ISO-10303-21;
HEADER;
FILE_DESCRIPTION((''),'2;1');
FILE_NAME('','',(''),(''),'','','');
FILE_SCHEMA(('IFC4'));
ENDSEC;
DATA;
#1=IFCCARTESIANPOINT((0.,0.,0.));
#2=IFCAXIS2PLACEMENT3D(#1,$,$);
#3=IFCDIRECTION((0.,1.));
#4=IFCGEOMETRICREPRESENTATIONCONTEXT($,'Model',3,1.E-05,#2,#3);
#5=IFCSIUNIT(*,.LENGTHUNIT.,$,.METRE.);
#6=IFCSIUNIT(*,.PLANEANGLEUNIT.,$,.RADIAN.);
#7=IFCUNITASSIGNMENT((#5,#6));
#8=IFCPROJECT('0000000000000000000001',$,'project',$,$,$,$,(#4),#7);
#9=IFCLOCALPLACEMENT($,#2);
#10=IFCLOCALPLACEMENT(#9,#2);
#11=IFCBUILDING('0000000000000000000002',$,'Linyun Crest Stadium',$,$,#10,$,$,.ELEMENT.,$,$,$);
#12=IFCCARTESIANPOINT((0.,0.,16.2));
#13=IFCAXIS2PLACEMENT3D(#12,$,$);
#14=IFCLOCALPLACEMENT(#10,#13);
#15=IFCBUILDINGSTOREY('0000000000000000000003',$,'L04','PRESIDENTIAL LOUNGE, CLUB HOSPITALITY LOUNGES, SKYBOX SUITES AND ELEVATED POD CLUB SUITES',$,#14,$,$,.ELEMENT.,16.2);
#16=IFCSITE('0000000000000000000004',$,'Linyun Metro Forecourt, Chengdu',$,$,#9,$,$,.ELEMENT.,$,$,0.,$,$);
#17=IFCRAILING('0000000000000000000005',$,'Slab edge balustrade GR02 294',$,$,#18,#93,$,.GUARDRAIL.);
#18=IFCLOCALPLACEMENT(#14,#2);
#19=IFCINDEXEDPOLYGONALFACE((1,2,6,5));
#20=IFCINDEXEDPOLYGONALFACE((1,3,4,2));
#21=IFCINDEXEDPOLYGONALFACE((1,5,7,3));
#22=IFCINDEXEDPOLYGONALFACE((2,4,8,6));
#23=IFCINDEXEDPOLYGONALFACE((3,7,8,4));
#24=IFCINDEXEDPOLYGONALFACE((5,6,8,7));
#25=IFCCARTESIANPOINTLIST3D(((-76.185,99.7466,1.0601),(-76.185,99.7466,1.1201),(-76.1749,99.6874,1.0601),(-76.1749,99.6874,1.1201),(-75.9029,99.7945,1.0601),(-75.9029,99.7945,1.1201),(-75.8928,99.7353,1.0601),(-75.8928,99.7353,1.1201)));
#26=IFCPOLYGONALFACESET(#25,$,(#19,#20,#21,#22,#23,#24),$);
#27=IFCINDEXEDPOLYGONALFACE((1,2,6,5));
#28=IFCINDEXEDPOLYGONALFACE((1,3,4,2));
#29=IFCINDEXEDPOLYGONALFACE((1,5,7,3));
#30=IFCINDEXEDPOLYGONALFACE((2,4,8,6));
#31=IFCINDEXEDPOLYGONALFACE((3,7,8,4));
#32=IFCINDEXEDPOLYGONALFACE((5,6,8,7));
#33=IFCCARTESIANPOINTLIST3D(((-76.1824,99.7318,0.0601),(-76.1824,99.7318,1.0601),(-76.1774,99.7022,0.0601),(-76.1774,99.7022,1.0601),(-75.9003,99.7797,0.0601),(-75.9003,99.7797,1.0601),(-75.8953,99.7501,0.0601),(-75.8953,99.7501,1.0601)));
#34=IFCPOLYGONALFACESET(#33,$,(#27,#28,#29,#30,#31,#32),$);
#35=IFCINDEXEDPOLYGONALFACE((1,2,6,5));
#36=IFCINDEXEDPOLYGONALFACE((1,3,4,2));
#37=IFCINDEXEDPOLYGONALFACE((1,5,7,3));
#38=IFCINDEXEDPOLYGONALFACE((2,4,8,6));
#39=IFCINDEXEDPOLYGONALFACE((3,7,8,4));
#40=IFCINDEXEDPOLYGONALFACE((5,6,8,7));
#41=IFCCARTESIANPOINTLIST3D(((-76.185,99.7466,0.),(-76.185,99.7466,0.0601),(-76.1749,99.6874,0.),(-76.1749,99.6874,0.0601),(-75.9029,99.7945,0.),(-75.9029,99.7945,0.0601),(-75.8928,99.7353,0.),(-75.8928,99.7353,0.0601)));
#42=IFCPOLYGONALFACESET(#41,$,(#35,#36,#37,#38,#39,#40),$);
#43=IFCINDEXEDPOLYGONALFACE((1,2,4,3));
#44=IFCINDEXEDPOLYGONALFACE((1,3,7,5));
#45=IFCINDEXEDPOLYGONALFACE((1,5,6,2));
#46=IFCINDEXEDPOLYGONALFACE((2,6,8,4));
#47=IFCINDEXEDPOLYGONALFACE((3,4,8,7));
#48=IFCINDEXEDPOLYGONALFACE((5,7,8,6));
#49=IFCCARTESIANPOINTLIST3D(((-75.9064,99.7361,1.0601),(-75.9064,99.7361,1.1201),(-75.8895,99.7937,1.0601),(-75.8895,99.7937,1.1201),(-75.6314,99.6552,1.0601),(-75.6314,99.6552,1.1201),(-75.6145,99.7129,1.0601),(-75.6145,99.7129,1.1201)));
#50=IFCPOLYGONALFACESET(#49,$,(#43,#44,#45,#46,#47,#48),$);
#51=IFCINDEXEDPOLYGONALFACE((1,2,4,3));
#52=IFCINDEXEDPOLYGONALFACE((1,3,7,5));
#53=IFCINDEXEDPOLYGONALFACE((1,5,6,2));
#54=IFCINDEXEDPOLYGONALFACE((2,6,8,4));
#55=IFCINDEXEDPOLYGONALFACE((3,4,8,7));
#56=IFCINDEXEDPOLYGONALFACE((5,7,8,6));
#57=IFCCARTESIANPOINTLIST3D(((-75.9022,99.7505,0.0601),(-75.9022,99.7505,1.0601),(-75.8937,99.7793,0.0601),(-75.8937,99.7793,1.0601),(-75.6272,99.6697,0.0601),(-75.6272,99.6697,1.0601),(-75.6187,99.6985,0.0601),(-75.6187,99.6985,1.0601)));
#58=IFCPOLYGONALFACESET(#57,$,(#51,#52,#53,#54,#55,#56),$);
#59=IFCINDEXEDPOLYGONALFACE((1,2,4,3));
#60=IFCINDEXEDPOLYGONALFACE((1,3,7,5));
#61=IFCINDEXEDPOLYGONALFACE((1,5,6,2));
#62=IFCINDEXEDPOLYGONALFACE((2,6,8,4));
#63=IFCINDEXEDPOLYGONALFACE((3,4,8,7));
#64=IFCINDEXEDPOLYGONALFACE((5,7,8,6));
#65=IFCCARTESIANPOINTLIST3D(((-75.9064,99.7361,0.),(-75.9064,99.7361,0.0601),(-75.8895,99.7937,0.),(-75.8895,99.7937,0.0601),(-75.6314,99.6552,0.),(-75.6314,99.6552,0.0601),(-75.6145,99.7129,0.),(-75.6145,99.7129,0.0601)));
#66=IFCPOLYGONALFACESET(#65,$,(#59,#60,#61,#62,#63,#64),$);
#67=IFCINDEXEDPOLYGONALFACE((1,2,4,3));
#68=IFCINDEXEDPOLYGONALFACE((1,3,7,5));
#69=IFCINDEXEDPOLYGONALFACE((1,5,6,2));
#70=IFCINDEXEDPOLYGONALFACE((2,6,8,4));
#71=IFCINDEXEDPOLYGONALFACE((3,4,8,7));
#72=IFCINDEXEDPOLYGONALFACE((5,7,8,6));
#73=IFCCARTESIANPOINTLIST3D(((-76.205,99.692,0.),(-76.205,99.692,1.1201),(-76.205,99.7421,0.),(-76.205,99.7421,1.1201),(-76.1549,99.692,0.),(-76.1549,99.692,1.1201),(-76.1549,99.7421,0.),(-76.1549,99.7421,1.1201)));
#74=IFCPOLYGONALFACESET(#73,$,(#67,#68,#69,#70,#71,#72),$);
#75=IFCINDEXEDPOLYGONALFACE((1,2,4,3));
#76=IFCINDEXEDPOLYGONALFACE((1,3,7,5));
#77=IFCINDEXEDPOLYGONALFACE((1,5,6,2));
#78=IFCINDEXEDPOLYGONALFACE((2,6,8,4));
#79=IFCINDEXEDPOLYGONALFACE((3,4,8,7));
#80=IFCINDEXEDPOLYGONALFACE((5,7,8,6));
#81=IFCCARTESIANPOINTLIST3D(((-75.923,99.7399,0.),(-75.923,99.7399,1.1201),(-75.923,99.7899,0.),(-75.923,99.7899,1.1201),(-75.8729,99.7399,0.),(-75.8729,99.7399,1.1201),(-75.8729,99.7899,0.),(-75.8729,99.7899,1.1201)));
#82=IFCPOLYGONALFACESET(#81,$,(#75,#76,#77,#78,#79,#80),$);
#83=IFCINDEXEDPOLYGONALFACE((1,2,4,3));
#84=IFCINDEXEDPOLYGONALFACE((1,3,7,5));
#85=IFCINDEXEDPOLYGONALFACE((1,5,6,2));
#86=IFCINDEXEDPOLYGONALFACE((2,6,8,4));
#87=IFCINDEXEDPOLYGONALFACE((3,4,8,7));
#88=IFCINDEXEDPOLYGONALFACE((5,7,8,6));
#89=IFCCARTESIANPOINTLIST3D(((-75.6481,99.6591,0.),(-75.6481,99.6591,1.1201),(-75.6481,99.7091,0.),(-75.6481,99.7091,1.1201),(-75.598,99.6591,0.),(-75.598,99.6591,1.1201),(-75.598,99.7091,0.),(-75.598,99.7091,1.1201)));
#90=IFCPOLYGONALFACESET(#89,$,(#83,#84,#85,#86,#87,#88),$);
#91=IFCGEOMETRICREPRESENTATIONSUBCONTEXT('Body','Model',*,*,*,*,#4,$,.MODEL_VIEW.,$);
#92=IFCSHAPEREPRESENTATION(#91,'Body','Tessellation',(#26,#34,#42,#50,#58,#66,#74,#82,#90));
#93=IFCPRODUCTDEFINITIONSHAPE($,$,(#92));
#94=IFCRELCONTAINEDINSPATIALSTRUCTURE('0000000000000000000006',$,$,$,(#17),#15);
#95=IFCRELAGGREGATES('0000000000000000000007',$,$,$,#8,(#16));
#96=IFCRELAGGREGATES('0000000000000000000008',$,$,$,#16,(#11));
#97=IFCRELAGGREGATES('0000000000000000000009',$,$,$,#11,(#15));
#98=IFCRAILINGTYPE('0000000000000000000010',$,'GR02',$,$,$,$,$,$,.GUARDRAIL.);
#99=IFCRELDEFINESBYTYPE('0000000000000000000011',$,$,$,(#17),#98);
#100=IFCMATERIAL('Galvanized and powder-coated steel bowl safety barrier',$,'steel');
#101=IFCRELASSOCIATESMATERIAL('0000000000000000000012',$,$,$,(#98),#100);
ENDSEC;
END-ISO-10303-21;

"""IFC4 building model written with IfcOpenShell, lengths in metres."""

from ifc_helpers import new_model, si_unit, direction, frame, origin, origin_2d, place, context, subcontext, project, spatial, rectangle, extrude, material, type_object, element, save


model = new_model("IFC4")

# Units and contexts
model_context = context("Model", 3, precision=1e-05, world=origin(), true_north=direction((0.0, 1.0)))
body_context = subcontext(model_context, "Body", "Model", "MODEL_VIEW")
ifc_project = project(units=[si_unit("LENGTHUNIT", "METRE"), si_unit("PLANEANGLEUNIT", "RADIAN")], contexts=[model_context])

# Site, building, storey
site_placement = place(None, origin())
site = spatial("IfcSite", under=ifc_project, at=site_placement, Name="Linyun Metro Forecourt, Chengdu", CompositionType="ELEMENT", RefElevation=0.0)
building_placement = place(site_placement, origin())
building = spatial("IfcBuilding", under=site, at=building_placement, Name="Linyun Crest Stadium", CompositionType="ELEMENT")
storey_placement = place(building_placement, frame((0.0, 0.0, 16.2)))
storey = spatial("IfcBuildingStorey", under=building, at=storey_placement, Name="L04", Description="PRESIDENTIAL LOUNGE, CLUB HOSPITALITY LOUNGES, SKYBOX SUITES AND ELEVATED POD CLUB SUITES", CompositionType="ELEMENT", Elevation=16.2)

# Railing
ifc_material_1 = material(Name="Galvanized and powder-coated steel bowl safety barrier", Category="steel")
railing_type = type_object("IfcRailingType", Name="GR02", PredefinedType="GUARDRAIL", material=ifc_material_1)
railing_placement = place(storey_placement, frame((-76.1799, 99.717, 0.0)))
element("IfcRailing", 1, at=railing_placement, inside=storey, type_object=railing_type, Name="Slab edge balustrade GR02 294", PredefinedType="GUARDRAIL", context=body_context, shape_type="SweptSolid", body=[
    extrude(rectangle(XDim=0.0601, YDim=0.0601, at=origin_2d()), frame((0.0, 0.0, 1.0901), z_axis=(0.985905, 0.167305, 0.0), x_axis=(-0.167305, 0.985905, 0.0)), (0.0, 0.0, 1.0), 0.2861),
    extrude(rectangle(XDim=0.03, YDim=1.0, at=origin_2d()), frame((0.0, 0.0, 0.5601), z_axis=(0.985905, 0.167305, 0.0), x_axis=(-0.167305, 0.985905, 0.0)), (0.0, 0.0, 1.0), 0.2861),
    extrude(rectangle(XDim=0.0601, YDim=0.0601, at=origin_2d()), frame((0.0, 0.0, 0.03), z_axis=(0.985905, 0.167305, 0.0), x_axis=(-0.167305, 0.985905, 0.0)), (0.0, 0.0, 1.0), 0.2861),
    extrude(rectangle(XDim=0.0601, YDim=0.0601, at=origin_2d()), frame((0.282, 0.0479, 1.0901), z_axis=(0.959406, -0.282028, 0.0), x_axis=(0.282028, 0.959406, 0.0)), (0.0, 0.0, 1.0), 0.2866),
    extrude(rectangle(XDim=0.03, YDim=1.0, at=origin_2d()), frame((0.282, 0.0479, 0.5601), z_axis=(0.959406, -0.282028, 0.0), x_axis=(0.282028, 0.959406, 0.0)), (0.0, 0.0, 1.0), 0.2866),
    extrude(rectangle(XDim=0.0601, YDim=0.0601, at=origin_2d()), frame((0.282, 0.0479, 0.03), z_axis=(0.959406, -0.282028, 0.0), x_axis=(0.282028, 0.959406, 0.0)), (0.0, 0.0, 1.0), 0.2866),
    extrude(rectangle(XDim=0.05, YDim=0.05, at=origin_2d()), origin(), (0.0, 0.0, 1.0), 1.1201),
    extrude(rectangle(XDim=0.05, YDim=0.05, at=origin_2d()), frame((0.282, 0.0479, 0.0)), (0.0, 0.0, 1.0), 1.1201),
    extrude(rectangle(XDim=0.05, YDim=0.05, at=origin_2d()), frame((0.5569, -0.033, 0.0)), (0.0, 0.0, 1.0), 1.1201),
])

save(model, "model.ifc")
